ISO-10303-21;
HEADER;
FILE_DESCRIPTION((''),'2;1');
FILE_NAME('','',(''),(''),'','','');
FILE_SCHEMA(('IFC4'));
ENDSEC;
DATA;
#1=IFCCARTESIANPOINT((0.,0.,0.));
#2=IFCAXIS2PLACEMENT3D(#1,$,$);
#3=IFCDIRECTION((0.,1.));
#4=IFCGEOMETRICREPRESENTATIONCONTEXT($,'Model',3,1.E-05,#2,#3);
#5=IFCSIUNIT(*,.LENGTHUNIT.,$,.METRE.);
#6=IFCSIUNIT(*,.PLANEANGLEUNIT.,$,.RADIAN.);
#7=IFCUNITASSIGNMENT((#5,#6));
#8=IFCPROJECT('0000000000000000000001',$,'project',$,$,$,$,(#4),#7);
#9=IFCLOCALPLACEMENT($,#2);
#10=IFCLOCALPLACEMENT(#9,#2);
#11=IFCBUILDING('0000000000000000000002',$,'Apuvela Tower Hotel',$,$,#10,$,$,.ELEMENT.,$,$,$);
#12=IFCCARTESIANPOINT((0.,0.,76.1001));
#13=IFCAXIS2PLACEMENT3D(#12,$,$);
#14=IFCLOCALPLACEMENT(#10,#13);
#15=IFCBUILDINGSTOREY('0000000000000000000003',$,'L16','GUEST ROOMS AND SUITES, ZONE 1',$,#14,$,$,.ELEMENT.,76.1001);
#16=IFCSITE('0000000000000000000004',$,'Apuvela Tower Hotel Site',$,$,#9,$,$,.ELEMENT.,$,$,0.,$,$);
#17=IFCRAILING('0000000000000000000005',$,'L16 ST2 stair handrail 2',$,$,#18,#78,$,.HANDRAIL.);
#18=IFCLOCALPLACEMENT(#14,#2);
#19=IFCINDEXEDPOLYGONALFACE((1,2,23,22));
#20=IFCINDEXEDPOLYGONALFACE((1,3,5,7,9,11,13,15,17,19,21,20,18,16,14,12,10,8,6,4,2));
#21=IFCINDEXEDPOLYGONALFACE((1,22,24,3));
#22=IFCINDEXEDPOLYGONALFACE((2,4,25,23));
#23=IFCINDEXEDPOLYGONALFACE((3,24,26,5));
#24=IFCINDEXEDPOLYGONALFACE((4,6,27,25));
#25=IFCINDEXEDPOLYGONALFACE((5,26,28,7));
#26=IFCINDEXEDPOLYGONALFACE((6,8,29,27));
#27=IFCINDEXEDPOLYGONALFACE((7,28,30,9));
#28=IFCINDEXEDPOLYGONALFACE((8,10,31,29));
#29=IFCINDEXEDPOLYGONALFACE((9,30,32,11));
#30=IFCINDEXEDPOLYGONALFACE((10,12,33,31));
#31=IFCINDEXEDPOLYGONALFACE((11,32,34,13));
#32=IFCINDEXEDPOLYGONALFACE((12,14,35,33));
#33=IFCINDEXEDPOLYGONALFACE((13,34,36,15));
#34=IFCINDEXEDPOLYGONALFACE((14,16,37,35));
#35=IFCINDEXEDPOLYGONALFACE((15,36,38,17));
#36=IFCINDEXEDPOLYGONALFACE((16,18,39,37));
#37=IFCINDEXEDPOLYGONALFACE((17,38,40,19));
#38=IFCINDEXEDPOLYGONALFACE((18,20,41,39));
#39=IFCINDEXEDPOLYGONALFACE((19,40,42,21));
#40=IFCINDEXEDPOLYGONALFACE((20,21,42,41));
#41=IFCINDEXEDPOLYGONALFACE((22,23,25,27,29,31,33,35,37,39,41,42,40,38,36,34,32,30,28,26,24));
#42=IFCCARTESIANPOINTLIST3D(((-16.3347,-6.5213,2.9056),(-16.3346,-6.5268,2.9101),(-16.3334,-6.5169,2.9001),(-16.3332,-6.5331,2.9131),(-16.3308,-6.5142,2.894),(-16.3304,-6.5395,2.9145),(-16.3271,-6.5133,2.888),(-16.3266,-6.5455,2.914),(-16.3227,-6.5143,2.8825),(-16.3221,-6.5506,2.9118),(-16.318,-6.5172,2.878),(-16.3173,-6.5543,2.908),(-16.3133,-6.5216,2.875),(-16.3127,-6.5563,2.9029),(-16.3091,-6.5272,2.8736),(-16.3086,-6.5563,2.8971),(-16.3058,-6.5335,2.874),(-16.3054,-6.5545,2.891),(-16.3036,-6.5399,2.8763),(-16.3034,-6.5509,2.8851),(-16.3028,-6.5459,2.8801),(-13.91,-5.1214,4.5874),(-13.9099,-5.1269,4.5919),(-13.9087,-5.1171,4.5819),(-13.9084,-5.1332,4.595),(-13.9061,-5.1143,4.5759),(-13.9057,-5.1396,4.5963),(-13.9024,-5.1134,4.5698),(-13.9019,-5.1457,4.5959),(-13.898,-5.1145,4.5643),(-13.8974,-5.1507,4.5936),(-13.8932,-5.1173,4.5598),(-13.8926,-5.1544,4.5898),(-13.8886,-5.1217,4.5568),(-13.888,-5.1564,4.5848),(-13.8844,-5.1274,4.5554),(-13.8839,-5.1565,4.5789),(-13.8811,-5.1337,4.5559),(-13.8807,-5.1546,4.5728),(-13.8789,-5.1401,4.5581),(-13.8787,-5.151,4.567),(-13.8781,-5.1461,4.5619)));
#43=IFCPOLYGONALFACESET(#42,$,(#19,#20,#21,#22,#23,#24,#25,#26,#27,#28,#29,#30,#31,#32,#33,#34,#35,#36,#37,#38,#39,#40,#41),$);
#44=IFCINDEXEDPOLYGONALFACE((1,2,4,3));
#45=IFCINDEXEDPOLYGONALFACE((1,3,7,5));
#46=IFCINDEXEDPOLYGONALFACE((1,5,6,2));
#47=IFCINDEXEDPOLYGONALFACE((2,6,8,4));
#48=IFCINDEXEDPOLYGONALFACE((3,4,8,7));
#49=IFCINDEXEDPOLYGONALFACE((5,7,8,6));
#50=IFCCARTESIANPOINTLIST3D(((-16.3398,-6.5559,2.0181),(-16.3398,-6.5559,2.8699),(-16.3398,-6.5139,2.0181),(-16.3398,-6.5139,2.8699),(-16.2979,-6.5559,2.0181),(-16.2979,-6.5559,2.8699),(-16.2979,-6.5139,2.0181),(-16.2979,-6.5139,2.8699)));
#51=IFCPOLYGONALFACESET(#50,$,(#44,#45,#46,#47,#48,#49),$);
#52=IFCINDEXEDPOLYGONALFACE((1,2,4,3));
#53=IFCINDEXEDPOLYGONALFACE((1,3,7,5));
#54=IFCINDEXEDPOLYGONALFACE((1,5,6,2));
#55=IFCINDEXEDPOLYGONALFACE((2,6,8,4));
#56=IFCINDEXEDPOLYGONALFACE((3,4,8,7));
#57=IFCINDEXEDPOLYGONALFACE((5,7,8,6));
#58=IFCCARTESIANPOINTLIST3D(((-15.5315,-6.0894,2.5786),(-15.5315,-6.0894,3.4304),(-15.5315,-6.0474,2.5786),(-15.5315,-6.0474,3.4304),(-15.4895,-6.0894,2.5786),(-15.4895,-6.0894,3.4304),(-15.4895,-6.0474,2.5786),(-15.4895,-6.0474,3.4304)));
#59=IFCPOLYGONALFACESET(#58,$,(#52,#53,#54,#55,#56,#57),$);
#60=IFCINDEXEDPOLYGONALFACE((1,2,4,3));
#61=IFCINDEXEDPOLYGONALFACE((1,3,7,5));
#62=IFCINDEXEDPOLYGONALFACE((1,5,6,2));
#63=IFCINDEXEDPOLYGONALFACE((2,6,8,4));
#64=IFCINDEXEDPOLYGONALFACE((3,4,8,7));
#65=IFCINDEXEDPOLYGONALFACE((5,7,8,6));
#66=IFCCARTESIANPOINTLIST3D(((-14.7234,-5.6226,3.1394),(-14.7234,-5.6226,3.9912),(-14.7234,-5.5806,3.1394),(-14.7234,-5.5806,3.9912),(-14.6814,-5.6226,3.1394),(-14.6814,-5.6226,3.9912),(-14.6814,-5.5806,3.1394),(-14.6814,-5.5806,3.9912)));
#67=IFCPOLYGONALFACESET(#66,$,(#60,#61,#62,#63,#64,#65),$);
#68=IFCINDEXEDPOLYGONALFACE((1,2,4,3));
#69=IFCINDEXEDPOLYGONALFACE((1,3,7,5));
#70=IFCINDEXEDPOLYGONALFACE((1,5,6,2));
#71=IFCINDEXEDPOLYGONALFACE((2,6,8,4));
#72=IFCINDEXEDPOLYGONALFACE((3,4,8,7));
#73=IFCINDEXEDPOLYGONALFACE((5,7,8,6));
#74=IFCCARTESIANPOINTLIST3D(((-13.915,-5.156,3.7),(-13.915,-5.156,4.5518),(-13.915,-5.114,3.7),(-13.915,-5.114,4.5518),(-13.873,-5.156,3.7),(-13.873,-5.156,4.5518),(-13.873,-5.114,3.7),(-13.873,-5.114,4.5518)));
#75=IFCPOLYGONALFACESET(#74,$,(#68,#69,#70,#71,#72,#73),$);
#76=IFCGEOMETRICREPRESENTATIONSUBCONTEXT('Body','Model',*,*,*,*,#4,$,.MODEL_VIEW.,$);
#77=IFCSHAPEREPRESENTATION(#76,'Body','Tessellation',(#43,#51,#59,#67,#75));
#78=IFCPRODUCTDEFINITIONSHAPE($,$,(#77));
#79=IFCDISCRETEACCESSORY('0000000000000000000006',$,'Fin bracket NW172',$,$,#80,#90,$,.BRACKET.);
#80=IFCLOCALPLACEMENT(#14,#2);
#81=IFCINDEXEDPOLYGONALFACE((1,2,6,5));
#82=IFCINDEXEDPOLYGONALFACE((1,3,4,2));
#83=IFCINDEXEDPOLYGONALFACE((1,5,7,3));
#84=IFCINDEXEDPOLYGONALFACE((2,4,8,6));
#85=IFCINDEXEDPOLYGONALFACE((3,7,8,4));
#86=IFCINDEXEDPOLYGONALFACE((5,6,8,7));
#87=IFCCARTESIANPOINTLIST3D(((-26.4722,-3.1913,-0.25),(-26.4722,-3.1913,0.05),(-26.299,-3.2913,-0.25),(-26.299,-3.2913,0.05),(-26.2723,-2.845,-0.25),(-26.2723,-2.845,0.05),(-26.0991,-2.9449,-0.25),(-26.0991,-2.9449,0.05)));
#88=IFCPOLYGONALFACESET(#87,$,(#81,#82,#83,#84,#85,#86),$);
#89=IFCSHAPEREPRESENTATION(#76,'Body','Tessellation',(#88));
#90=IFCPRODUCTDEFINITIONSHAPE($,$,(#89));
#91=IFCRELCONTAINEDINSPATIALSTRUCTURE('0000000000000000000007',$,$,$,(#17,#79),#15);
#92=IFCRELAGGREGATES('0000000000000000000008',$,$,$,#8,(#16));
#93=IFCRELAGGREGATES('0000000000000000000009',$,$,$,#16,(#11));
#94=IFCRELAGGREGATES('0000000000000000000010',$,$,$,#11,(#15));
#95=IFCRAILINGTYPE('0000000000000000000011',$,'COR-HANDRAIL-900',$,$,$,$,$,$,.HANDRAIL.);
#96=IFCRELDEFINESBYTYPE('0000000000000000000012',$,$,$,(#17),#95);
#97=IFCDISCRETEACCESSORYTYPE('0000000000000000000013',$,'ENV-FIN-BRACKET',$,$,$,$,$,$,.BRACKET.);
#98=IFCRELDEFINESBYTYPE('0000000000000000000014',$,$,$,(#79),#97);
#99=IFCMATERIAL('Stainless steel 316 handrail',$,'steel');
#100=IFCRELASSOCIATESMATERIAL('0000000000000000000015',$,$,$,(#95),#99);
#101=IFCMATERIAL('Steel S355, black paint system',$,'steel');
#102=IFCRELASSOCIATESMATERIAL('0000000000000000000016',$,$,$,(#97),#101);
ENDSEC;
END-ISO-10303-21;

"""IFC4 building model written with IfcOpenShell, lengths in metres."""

from ifc_helpers import new_model, si_unit, direction, frame, origin, origin_2d, place, context, subcontext, project, spatial, rectangle, circle, extrude, material, type_object, element, save


model = new_model("IFC4")

# Units and contexts
model_context = context("Model", 3, precision=1e-05, world=origin(), true_north=direction((0.0, 1.0)))
body_context = subcontext(model_context, "Body", "Model", "MODEL_VIEW")
ifc_project = project(units=[si_unit("LENGTHUNIT", "METRE"), si_unit("PLANEANGLEUNIT", "RADIAN")], contexts=[model_context])

# Site, building, storey
site_placement = place(None, origin())
site = spatial("IfcSite", under=ifc_project, at=site_placement, Name="Apuvela Tower Hotel Site", CompositionType="ELEMENT", RefElevation=0.0)
building_placement = place(site_placement, origin())
building = spatial("IfcBuilding", under=site, at=building_placement, Name="Apuvela Tower Hotel", CompositionType="ELEMENT")
storey_placement = place(building_placement, frame((0.0, 0.0, 76.1001)))
storey = spatial("IfcBuildingStorey", under=building, at=storey_placement, Name="L16", Description="GUEST ROOMS AND SUITES, ZONE 1", CompositionType="ELEMENT", Elevation=76.1001)

# Railing
ifc_material_1 = material(Name="Stainless steel 316 handrail", Category="steel")
railing_type_1 = type_object("IfcRailingType", Name="COR-HANDRAIL-900", PredefinedType="HANDRAIL", material=ifc_material_1)
railing_1_placement = place(storey_placement, frame((-16.3188, -6.5349, 2.0181)))
element("IfcRailing", 1, at=railing_1_placement, inside=storey, type_object=railing_type_1, Name="L16 ST2 stair handrail 2", PredefinedType="HANDRAIL", context=body_context, shape_type="SweptSolid", body=[
    extrude(circle(Radius=0.0239, at=origin_2d()), frame((0.0, 0.0, 0.876), z_axis=(0.74239, 0.428601, 0.514934), x_axis=(-0.499984, 0.866035, 0.0)), (0.0, 0.0, 1.0), 3.2661),
    extrude(rectangle(XDim=0.042, YDim=0.042, at=origin_2d()), origin(), (0.0, 0.0, 1.0), 0.8518),
    extrude(rectangle(XDim=0.042, YDim=0.042, at=origin_2d()), frame((0.8083, 0.4666, 0.5605)), (0.0, 0.0, 1.0), 0.8518),
    extrude(rectangle(XDim=0.042, YDim=0.042, at=origin_2d()), frame((1.6165, 0.9333, 1.1213)), (0.0, 0.0, 1.0), 0.8518),
    extrude(rectangle(XDim=0.042, YDim=0.042, at=origin_2d()), frame((2.4248, 1.3999, 1.6819)), (0.0, 0.0, 1.0), 0.8518),
])

# Discrete accessory
ifc_material_2 = material(Name="Steel S355, black paint system", Category="steel")
discrete_accessory_type = type_object("IfcDiscreteAccessoryType", Name="ENV-FIN-BRACKET", PredefinedType="BRACKET", material=ifc_material_2)
discrete_accessory_placement = place(storey_placement, frame((-26.2856, -3.0681, -0.25), z_axis=(0.0, 0.0, 1.0), x_axis=(-0.5, -0.866025, 0.0)))
element("IfcDiscreteAccessory", 2, at=discrete_accessory_placement, inside=storey, type_object=discrete_accessory_type, Name="Fin bracket NW172", PredefinedType="BRACKET", context=body_context, shape_type="SweptSolid", body=[
    extrude(rectangle(XDim=0.3999, YDim=0.2, at=origin_2d()), origin(), (0.0, 0.0, 1.0), 0.3),
])

save(model, "model.ifc")
